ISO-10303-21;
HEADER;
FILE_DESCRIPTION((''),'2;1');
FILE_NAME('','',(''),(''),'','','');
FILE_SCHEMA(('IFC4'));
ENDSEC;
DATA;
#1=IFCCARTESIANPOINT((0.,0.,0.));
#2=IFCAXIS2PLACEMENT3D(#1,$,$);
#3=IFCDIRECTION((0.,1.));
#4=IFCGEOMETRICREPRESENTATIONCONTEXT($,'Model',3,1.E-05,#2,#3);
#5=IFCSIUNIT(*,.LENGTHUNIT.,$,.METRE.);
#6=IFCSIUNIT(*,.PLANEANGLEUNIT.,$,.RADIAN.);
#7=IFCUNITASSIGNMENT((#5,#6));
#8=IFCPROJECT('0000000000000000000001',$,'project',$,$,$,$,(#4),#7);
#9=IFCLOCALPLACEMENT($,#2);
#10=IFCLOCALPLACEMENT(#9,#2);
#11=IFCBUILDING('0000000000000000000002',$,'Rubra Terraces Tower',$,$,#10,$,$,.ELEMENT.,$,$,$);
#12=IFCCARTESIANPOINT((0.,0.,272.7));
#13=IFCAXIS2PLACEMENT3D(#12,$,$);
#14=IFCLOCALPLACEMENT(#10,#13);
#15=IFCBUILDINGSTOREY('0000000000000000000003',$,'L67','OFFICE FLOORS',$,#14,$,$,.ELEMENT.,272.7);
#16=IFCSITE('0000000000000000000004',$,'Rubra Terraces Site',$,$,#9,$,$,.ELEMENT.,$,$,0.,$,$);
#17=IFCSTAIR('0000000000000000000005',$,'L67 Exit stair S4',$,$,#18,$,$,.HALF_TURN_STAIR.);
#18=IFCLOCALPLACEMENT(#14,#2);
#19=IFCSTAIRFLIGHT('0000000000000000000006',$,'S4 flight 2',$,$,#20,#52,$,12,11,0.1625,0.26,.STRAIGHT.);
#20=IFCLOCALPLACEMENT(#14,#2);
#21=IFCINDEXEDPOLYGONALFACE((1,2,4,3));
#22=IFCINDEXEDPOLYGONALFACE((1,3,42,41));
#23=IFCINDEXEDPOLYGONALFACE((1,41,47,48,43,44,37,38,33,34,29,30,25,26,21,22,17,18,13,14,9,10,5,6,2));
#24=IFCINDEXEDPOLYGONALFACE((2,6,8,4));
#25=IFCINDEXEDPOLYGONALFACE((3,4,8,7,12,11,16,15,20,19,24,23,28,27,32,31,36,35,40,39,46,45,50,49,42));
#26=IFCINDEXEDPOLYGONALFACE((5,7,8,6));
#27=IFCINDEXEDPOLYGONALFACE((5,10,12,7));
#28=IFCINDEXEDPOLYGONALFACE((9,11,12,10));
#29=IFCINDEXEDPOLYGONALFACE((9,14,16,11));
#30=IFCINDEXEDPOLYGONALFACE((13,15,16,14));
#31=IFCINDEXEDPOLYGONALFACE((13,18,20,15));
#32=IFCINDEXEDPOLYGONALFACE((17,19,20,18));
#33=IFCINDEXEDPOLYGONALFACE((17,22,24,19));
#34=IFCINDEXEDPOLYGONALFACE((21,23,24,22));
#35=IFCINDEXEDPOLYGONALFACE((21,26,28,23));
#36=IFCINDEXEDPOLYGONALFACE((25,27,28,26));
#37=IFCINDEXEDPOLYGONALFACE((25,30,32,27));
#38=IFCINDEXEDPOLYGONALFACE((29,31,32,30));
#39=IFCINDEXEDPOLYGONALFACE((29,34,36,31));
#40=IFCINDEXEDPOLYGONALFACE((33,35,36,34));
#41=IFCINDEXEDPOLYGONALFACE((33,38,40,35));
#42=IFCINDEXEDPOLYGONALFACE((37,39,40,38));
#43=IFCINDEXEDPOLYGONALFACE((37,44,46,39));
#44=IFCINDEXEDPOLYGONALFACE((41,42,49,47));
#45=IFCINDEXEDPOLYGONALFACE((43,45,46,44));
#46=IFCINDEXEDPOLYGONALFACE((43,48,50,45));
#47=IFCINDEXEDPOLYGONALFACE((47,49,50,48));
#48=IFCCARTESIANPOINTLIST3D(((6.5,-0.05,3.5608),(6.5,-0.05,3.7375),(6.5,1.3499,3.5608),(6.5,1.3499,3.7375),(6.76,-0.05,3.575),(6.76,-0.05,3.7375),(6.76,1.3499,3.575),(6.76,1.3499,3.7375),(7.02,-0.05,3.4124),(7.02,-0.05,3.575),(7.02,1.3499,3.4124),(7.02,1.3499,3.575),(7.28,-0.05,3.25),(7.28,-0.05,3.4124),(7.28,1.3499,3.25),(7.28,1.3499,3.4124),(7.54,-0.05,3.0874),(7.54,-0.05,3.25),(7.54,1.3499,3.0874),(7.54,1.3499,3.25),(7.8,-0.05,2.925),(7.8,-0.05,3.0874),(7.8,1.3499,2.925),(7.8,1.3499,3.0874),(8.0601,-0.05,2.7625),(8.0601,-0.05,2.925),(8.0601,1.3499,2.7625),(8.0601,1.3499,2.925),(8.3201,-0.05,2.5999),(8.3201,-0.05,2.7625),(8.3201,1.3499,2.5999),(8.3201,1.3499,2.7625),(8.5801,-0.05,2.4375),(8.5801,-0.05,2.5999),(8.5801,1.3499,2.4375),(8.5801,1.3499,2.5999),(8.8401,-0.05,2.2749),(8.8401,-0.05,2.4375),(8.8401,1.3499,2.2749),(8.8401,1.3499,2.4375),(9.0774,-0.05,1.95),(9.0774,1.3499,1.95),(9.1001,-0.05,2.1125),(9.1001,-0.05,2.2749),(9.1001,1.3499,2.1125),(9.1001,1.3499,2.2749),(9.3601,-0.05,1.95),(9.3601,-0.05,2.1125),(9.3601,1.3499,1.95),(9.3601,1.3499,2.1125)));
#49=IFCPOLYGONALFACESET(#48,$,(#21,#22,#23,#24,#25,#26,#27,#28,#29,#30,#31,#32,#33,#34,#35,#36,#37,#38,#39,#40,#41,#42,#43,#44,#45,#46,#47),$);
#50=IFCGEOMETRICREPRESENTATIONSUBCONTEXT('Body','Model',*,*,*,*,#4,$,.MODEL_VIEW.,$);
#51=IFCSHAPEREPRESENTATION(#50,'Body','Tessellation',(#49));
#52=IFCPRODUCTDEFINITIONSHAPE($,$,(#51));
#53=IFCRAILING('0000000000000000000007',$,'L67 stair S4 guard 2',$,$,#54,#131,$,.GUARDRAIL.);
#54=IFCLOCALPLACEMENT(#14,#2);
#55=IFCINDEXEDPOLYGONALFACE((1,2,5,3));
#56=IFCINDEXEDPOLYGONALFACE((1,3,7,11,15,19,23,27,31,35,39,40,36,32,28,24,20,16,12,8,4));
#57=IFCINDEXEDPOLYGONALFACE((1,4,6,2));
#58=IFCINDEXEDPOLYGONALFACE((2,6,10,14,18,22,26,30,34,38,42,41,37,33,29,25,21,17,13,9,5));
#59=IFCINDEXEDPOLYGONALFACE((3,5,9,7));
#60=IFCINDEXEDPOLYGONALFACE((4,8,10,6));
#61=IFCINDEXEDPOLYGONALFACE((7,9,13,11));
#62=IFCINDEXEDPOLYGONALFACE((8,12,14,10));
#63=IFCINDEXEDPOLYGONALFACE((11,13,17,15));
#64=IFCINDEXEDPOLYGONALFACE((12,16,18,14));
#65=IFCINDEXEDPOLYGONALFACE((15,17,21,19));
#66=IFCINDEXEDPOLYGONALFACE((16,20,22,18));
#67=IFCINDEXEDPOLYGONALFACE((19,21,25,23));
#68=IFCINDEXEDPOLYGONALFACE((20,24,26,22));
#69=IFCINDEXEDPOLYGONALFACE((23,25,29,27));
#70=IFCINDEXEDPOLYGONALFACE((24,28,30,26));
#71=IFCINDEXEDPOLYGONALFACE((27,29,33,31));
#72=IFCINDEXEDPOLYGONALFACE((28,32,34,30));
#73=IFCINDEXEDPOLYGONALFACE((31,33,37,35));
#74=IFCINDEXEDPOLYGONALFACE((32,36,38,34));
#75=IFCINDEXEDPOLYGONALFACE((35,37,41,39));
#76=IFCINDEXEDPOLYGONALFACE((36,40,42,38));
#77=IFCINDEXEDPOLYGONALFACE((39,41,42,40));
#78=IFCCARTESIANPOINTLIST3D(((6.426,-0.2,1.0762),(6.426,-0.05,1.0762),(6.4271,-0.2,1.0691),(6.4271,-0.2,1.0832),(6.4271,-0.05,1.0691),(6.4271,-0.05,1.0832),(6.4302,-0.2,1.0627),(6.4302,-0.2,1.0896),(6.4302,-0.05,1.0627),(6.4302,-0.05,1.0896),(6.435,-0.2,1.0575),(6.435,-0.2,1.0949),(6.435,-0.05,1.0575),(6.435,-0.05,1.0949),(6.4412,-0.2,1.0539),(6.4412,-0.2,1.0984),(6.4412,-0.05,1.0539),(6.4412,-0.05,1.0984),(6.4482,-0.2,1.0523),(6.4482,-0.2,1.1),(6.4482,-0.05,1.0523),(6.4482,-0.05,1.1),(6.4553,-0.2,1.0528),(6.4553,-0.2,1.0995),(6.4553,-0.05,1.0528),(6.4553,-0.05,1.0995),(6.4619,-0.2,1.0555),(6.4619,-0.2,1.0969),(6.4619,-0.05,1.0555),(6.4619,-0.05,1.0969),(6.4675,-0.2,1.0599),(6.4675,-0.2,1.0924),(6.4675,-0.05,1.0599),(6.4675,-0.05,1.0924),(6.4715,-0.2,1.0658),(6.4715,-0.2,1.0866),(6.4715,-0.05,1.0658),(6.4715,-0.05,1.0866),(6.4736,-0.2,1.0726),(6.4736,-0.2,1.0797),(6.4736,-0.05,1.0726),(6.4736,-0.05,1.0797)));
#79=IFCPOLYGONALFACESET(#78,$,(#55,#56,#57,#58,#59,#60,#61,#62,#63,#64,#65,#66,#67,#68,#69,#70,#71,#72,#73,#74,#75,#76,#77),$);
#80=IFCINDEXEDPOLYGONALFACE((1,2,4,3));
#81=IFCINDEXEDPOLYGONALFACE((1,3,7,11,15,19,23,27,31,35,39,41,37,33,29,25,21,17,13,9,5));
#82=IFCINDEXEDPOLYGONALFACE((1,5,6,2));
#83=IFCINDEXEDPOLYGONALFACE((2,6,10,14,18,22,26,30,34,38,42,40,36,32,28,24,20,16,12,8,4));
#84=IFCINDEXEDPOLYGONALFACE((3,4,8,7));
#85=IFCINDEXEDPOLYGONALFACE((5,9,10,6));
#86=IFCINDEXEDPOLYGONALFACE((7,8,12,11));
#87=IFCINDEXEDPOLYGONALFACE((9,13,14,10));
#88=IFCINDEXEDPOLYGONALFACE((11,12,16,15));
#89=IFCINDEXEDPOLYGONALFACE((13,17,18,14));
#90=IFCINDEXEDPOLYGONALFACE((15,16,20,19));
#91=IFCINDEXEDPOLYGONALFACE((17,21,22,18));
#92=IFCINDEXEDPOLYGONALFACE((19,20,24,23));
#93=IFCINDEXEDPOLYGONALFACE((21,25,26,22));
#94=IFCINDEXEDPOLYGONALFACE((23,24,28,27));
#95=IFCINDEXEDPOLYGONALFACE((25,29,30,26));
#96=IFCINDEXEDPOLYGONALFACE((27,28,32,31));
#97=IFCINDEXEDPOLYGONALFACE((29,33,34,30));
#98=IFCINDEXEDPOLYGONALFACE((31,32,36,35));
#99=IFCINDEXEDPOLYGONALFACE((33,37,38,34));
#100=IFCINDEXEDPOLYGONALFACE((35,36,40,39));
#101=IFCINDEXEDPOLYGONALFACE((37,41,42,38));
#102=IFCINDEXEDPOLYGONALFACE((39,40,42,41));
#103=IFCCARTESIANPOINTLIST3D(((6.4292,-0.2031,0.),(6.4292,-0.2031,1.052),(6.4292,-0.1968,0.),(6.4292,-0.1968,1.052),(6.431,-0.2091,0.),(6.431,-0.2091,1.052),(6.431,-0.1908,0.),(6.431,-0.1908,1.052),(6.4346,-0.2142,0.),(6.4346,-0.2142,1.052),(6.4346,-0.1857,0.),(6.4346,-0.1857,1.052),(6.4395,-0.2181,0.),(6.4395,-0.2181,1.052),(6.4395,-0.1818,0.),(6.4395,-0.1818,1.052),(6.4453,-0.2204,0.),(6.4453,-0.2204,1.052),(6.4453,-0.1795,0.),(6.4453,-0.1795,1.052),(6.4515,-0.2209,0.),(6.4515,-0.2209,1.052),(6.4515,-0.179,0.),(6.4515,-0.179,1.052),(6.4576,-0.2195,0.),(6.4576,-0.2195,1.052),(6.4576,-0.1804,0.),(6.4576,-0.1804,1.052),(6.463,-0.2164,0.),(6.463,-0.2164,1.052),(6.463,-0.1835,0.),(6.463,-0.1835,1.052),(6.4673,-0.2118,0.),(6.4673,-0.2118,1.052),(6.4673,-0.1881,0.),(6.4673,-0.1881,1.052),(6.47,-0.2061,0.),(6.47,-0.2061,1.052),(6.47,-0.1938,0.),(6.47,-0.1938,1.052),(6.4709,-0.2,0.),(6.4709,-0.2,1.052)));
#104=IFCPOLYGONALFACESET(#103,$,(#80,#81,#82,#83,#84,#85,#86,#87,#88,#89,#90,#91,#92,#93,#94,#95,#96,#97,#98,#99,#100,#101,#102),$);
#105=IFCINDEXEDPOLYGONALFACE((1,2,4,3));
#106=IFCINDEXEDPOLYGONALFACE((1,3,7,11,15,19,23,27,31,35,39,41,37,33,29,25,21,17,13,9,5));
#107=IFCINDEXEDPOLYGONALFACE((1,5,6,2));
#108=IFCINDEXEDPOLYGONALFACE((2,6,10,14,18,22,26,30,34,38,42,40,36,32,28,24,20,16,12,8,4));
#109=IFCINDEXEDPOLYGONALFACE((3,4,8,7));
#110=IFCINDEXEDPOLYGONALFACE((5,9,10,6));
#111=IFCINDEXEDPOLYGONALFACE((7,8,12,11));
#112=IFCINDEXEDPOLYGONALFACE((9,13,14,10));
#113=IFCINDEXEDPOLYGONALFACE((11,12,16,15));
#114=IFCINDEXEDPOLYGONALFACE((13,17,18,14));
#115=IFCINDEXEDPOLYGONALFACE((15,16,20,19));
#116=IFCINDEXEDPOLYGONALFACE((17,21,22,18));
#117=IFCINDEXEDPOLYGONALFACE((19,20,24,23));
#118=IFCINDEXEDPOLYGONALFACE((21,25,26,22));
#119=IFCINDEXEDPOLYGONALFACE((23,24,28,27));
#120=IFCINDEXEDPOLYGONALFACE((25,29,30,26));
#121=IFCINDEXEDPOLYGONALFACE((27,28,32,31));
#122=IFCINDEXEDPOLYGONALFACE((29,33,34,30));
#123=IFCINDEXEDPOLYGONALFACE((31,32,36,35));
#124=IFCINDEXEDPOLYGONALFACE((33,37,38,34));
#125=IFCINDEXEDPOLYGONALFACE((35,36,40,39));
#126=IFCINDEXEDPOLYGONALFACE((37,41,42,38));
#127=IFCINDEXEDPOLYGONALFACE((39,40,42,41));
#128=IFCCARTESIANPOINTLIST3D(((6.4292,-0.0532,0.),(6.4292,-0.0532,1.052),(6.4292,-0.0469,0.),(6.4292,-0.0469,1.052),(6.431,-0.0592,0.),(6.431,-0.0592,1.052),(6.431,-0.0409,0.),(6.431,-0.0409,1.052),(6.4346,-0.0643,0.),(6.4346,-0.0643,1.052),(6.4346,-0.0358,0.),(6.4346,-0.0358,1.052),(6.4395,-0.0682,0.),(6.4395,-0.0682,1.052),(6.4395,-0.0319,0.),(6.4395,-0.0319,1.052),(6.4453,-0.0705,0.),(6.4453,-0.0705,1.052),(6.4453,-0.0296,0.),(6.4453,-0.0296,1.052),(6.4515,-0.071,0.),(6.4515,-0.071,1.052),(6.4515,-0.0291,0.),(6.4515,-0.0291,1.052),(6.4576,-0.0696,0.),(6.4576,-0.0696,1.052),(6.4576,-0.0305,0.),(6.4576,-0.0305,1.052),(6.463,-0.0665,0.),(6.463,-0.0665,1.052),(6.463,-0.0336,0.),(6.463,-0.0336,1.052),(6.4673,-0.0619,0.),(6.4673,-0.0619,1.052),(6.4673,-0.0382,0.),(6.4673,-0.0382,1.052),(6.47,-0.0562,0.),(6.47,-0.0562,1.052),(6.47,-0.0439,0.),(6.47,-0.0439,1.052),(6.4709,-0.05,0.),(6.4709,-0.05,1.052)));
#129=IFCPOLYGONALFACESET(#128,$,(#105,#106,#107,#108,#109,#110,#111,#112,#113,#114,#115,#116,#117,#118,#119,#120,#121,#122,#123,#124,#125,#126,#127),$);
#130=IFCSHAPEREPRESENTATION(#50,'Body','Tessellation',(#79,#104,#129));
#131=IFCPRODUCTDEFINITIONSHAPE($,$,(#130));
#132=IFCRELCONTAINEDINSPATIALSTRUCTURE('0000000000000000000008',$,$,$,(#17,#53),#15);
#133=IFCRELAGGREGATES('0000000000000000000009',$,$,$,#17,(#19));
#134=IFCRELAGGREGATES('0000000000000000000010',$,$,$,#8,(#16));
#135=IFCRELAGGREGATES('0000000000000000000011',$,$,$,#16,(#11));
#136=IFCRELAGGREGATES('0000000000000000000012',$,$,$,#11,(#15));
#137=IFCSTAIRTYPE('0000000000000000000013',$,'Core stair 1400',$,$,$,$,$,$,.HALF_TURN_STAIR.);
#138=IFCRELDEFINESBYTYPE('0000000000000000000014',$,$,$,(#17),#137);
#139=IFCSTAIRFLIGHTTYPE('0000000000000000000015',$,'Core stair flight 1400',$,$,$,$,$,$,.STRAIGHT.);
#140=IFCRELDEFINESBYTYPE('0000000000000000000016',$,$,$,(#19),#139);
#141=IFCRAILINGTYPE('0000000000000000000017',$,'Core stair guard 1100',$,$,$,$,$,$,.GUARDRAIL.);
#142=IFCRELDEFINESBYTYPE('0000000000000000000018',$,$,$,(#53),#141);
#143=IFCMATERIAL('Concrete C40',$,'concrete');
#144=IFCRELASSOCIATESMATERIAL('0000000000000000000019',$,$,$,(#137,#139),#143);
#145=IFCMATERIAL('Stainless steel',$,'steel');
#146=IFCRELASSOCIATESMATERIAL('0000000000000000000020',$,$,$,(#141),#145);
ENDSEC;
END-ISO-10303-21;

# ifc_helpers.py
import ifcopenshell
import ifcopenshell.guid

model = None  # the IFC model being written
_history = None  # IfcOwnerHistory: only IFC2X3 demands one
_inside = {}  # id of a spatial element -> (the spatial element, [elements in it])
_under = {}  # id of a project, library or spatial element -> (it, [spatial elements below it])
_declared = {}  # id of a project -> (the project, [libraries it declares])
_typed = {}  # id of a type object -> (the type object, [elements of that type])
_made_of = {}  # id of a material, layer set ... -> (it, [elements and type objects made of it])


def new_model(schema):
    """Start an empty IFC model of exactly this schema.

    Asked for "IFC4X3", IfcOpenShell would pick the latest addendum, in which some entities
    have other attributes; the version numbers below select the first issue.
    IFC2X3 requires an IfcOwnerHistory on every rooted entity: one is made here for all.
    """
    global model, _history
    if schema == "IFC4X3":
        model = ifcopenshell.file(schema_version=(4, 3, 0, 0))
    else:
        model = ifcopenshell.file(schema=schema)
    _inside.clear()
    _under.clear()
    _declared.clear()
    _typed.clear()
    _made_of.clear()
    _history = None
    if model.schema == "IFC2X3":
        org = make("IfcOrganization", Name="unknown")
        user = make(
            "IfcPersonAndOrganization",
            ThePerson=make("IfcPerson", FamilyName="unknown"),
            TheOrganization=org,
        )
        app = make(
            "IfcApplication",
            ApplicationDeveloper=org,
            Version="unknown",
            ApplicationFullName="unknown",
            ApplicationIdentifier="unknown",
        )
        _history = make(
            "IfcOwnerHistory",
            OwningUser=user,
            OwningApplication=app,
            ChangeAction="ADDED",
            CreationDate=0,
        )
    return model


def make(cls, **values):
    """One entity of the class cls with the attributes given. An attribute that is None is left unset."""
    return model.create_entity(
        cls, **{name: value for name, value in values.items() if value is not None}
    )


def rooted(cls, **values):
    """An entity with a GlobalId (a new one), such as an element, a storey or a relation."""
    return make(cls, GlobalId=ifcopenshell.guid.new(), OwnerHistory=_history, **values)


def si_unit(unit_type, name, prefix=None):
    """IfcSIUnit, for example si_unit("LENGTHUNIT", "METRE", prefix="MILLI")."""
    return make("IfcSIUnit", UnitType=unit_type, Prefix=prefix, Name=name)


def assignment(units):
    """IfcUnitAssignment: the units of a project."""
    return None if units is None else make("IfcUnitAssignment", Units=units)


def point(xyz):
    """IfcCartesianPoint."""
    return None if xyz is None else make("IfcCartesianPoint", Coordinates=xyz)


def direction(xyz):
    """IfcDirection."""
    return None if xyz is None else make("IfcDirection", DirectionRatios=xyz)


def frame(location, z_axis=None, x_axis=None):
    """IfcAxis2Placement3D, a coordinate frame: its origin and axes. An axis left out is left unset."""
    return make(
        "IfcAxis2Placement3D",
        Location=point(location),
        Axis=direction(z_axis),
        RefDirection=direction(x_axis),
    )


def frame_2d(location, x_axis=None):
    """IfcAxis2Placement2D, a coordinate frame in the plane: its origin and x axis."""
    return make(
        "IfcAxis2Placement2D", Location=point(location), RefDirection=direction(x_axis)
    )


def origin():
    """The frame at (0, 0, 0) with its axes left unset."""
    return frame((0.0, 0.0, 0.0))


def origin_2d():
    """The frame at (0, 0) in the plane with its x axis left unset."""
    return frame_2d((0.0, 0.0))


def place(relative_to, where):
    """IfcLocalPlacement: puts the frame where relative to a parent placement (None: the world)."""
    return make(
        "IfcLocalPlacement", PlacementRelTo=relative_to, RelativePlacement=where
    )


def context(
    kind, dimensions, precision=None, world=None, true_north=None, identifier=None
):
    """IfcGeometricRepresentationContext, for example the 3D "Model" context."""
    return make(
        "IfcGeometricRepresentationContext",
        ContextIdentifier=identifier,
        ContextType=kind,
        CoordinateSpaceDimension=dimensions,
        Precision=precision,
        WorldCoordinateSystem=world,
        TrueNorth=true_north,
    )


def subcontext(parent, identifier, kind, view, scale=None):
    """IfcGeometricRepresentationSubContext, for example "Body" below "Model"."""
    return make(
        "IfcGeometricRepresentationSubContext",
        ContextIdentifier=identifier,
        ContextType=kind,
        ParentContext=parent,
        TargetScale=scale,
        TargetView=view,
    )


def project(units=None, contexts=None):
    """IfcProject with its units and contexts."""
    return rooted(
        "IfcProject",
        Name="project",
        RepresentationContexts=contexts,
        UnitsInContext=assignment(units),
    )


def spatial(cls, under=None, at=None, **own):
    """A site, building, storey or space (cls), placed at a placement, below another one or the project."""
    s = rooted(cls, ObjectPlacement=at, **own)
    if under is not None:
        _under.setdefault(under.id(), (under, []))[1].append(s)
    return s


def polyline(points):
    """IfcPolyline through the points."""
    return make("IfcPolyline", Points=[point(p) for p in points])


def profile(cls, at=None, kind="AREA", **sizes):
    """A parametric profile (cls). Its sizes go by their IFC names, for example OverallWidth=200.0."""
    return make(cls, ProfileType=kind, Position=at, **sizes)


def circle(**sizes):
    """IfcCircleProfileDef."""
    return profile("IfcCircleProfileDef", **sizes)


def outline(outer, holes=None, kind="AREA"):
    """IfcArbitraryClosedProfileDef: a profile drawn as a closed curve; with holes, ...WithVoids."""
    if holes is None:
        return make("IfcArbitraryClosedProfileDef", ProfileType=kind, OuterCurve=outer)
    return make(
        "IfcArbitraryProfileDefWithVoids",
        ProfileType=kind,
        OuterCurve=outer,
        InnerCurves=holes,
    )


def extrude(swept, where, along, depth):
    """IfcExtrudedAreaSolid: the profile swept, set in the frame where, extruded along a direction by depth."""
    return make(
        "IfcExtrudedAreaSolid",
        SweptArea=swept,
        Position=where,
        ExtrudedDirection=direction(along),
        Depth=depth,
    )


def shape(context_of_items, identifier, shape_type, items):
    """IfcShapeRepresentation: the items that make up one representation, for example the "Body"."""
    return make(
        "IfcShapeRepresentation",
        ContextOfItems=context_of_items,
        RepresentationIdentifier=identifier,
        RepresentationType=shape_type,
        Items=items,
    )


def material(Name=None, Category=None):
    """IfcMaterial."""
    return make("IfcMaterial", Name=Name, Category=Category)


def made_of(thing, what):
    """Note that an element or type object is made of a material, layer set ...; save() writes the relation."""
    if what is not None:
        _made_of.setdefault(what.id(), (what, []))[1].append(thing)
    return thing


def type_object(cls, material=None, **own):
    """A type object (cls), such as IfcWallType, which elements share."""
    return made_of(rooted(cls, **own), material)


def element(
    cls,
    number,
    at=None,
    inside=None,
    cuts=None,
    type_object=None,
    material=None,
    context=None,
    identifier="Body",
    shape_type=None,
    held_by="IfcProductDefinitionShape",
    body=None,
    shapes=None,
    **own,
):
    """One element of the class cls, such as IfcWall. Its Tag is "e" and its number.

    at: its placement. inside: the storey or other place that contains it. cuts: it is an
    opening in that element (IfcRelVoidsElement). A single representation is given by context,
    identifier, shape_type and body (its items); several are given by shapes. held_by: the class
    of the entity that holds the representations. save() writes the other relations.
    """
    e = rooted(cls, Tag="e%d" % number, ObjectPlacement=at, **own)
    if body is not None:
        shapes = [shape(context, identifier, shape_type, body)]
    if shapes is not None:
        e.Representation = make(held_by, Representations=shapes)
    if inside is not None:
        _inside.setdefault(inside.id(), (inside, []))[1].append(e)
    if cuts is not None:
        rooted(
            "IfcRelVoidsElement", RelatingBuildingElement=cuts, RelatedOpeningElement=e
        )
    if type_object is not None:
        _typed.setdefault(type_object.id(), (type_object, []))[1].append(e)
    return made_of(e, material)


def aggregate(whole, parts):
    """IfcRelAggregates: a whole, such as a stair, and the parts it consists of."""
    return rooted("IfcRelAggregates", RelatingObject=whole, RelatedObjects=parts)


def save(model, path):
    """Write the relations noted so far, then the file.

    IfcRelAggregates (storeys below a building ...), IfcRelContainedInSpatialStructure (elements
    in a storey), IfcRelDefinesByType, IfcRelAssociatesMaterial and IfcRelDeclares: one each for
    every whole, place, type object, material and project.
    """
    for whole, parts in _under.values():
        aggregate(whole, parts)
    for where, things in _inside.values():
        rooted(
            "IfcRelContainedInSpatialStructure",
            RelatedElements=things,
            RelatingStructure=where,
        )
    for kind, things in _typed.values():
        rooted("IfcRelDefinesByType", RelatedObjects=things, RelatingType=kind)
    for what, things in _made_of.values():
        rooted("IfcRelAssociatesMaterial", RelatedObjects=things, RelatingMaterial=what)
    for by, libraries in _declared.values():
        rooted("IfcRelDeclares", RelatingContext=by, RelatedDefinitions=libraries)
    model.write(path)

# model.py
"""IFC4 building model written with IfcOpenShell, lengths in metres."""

from ifc_helpers import new_model, si_unit, direction, frame, origin, origin_2d, place, context, subcontext, project, spatial, polyline, circle, outline, extrude, material, type_object, element, aggregate, save


model = new_model("IFC4")

# Units and contexts
model_context = context("Model", 3, precision=1e-05, world=origin(), true_north=direction((0.0, 1.0)))
body_context = subcontext(model_context, "Body", "Model", "MODEL_VIEW")
ifc_project = project(units=[si_unit("LENGTHUNIT", "METRE"), si_unit("PLANEANGLEUNIT", "RADIAN")], contexts=[model_context])

# Site, building, storey
site_placement = place(None, origin())
site = spatial("IfcSite", under=ifc_project, at=site_placement, Name="Rubra Terraces Site", CompositionType="ELEMENT", RefElevation=0.0)
building_placement = place(site_placement, origin())
building = spatial("IfcBuilding", under=site, at=building_placement, Name="Rubra Terraces Tower", CompositionType="ELEMENT")
storey_placement = place(building_placement, frame((0.0, 0.0, 272.7)))
storey = spatial("IfcBuildingStorey", under=building, at=storey_placement, Name="L67", Description="OFFICE FLOORS", CompositionType="ELEMENT", Elevation=272.7)

# Shared definitions
ifc_material_1 = material(Name="Concrete C40", Category="concrete")

# Stair
stair_type = type_object("IfcStairType", Name="Core stair 1400", PredefinedType="HALF_TURN_STAIR", material=ifc_material_1)
stair_1_placement = place(storey_placement, origin())
stair_1 = element("IfcStair", 1, at=stair_1_placement, inside=storey, type_object=stair_type, Name="L67 Exit stair S4", PredefinedType="HALF_TURN_STAIR")

# Stair flight
stair_flight_type = type_object("IfcStairFlightType", Name="Core stair flight 1400", PredefinedType="STRAIGHT", material=ifc_material_1)
stair_flight_1_placement = place(storey_placement, frame((9.3601, 0.6499, 1.95), z_axis=(0.0, 0.0, 1.0), x_axis=(-1.0, 0.0, 0.0)))
stair_flight_1 = element("IfcStairFlight", 2, at=stair_flight_1_placement, type_object=stair_flight_type, Name="S4 flight 2", NumberOfRisers=12, NumberOfTreads=11, PredefinedType="STRAIGHT", RiserHeight=0.1625, TreadLength=0.26, context=body_context, shape_type="SweptSolid", body=[
    extrude(outline(polyline([(0.0, 0.0), (0.0, 0.1626), (0.26, 0.1626), (0.26, 0.325), (0.52, 0.325), (0.52, 0.4875), (0.78, 0.4875), (0.78, 0.6499), (1.04, 0.6499), (1.04, 0.8125), (1.3, 0.8125), (1.3, 0.9751), (1.5601, 0.9751), (1.5601, 1.1375), (1.8201, 1.1375), (1.8201, 1.3), (2.0801, 1.3), (2.0801, 1.4624), (2.3401, 1.4624), (2.3401, 1.625), (2.6001, 1.625), (2.6001, 1.7876), (2.8601, 1.7876), (2.8601, 1.95), (2.8601, 1.6108), (0.2827, 0.0), (0.0, 0.0)])), frame((0.0, 0.7, 0.0), z_axis=(0.0, -1.0, 0.0), x_axis=(1.0, 0.0, 0.0)), (0.0, 0.0, 1.0), 1.3999),
])
aggregate(stair_1, [stair_flight_1])

# Railing
ifc_material_2 = material(Name="Stainless steel", Category="steel")
railing_type_1 = type_object("IfcRailingType", Name="Core stair guard 1100", PredefinedType="GUARDRAIL", material=ifc_material_2)
railing_1_placement = place(storey_placement, frame((6.45, -0.2, 0.0)))
element("IfcRailing", 3, at=railing_1_placement, inside=storey, type_object=railing_type_1, Name="L67 stair S4 guard 2", PredefinedType="GUARDRAIL", context=body_context, shape_type="SweptSolid", body=[
    extrude(circle(Radius=0.0239, at=origin_2d()), frame((0.0, 0.0, 1.0762), z_axis=(0.0, 1.0, 0.0), x_axis=(-1.0, 0.0, 0.0)), (0.0, 0.0, 1.0), 0.1499),
    extrude(circle(Radius=0.021, at=origin_2d()), origin(), (0.0, 0.0, 1.0), 1.052),
    extrude(circle(Radius=0.021, at=origin_2d()), frame((0.0, 0.1499, 0.0)), (0.0, 0.0, 1.0), 1.052),
])

save(model, "model.ifc")
